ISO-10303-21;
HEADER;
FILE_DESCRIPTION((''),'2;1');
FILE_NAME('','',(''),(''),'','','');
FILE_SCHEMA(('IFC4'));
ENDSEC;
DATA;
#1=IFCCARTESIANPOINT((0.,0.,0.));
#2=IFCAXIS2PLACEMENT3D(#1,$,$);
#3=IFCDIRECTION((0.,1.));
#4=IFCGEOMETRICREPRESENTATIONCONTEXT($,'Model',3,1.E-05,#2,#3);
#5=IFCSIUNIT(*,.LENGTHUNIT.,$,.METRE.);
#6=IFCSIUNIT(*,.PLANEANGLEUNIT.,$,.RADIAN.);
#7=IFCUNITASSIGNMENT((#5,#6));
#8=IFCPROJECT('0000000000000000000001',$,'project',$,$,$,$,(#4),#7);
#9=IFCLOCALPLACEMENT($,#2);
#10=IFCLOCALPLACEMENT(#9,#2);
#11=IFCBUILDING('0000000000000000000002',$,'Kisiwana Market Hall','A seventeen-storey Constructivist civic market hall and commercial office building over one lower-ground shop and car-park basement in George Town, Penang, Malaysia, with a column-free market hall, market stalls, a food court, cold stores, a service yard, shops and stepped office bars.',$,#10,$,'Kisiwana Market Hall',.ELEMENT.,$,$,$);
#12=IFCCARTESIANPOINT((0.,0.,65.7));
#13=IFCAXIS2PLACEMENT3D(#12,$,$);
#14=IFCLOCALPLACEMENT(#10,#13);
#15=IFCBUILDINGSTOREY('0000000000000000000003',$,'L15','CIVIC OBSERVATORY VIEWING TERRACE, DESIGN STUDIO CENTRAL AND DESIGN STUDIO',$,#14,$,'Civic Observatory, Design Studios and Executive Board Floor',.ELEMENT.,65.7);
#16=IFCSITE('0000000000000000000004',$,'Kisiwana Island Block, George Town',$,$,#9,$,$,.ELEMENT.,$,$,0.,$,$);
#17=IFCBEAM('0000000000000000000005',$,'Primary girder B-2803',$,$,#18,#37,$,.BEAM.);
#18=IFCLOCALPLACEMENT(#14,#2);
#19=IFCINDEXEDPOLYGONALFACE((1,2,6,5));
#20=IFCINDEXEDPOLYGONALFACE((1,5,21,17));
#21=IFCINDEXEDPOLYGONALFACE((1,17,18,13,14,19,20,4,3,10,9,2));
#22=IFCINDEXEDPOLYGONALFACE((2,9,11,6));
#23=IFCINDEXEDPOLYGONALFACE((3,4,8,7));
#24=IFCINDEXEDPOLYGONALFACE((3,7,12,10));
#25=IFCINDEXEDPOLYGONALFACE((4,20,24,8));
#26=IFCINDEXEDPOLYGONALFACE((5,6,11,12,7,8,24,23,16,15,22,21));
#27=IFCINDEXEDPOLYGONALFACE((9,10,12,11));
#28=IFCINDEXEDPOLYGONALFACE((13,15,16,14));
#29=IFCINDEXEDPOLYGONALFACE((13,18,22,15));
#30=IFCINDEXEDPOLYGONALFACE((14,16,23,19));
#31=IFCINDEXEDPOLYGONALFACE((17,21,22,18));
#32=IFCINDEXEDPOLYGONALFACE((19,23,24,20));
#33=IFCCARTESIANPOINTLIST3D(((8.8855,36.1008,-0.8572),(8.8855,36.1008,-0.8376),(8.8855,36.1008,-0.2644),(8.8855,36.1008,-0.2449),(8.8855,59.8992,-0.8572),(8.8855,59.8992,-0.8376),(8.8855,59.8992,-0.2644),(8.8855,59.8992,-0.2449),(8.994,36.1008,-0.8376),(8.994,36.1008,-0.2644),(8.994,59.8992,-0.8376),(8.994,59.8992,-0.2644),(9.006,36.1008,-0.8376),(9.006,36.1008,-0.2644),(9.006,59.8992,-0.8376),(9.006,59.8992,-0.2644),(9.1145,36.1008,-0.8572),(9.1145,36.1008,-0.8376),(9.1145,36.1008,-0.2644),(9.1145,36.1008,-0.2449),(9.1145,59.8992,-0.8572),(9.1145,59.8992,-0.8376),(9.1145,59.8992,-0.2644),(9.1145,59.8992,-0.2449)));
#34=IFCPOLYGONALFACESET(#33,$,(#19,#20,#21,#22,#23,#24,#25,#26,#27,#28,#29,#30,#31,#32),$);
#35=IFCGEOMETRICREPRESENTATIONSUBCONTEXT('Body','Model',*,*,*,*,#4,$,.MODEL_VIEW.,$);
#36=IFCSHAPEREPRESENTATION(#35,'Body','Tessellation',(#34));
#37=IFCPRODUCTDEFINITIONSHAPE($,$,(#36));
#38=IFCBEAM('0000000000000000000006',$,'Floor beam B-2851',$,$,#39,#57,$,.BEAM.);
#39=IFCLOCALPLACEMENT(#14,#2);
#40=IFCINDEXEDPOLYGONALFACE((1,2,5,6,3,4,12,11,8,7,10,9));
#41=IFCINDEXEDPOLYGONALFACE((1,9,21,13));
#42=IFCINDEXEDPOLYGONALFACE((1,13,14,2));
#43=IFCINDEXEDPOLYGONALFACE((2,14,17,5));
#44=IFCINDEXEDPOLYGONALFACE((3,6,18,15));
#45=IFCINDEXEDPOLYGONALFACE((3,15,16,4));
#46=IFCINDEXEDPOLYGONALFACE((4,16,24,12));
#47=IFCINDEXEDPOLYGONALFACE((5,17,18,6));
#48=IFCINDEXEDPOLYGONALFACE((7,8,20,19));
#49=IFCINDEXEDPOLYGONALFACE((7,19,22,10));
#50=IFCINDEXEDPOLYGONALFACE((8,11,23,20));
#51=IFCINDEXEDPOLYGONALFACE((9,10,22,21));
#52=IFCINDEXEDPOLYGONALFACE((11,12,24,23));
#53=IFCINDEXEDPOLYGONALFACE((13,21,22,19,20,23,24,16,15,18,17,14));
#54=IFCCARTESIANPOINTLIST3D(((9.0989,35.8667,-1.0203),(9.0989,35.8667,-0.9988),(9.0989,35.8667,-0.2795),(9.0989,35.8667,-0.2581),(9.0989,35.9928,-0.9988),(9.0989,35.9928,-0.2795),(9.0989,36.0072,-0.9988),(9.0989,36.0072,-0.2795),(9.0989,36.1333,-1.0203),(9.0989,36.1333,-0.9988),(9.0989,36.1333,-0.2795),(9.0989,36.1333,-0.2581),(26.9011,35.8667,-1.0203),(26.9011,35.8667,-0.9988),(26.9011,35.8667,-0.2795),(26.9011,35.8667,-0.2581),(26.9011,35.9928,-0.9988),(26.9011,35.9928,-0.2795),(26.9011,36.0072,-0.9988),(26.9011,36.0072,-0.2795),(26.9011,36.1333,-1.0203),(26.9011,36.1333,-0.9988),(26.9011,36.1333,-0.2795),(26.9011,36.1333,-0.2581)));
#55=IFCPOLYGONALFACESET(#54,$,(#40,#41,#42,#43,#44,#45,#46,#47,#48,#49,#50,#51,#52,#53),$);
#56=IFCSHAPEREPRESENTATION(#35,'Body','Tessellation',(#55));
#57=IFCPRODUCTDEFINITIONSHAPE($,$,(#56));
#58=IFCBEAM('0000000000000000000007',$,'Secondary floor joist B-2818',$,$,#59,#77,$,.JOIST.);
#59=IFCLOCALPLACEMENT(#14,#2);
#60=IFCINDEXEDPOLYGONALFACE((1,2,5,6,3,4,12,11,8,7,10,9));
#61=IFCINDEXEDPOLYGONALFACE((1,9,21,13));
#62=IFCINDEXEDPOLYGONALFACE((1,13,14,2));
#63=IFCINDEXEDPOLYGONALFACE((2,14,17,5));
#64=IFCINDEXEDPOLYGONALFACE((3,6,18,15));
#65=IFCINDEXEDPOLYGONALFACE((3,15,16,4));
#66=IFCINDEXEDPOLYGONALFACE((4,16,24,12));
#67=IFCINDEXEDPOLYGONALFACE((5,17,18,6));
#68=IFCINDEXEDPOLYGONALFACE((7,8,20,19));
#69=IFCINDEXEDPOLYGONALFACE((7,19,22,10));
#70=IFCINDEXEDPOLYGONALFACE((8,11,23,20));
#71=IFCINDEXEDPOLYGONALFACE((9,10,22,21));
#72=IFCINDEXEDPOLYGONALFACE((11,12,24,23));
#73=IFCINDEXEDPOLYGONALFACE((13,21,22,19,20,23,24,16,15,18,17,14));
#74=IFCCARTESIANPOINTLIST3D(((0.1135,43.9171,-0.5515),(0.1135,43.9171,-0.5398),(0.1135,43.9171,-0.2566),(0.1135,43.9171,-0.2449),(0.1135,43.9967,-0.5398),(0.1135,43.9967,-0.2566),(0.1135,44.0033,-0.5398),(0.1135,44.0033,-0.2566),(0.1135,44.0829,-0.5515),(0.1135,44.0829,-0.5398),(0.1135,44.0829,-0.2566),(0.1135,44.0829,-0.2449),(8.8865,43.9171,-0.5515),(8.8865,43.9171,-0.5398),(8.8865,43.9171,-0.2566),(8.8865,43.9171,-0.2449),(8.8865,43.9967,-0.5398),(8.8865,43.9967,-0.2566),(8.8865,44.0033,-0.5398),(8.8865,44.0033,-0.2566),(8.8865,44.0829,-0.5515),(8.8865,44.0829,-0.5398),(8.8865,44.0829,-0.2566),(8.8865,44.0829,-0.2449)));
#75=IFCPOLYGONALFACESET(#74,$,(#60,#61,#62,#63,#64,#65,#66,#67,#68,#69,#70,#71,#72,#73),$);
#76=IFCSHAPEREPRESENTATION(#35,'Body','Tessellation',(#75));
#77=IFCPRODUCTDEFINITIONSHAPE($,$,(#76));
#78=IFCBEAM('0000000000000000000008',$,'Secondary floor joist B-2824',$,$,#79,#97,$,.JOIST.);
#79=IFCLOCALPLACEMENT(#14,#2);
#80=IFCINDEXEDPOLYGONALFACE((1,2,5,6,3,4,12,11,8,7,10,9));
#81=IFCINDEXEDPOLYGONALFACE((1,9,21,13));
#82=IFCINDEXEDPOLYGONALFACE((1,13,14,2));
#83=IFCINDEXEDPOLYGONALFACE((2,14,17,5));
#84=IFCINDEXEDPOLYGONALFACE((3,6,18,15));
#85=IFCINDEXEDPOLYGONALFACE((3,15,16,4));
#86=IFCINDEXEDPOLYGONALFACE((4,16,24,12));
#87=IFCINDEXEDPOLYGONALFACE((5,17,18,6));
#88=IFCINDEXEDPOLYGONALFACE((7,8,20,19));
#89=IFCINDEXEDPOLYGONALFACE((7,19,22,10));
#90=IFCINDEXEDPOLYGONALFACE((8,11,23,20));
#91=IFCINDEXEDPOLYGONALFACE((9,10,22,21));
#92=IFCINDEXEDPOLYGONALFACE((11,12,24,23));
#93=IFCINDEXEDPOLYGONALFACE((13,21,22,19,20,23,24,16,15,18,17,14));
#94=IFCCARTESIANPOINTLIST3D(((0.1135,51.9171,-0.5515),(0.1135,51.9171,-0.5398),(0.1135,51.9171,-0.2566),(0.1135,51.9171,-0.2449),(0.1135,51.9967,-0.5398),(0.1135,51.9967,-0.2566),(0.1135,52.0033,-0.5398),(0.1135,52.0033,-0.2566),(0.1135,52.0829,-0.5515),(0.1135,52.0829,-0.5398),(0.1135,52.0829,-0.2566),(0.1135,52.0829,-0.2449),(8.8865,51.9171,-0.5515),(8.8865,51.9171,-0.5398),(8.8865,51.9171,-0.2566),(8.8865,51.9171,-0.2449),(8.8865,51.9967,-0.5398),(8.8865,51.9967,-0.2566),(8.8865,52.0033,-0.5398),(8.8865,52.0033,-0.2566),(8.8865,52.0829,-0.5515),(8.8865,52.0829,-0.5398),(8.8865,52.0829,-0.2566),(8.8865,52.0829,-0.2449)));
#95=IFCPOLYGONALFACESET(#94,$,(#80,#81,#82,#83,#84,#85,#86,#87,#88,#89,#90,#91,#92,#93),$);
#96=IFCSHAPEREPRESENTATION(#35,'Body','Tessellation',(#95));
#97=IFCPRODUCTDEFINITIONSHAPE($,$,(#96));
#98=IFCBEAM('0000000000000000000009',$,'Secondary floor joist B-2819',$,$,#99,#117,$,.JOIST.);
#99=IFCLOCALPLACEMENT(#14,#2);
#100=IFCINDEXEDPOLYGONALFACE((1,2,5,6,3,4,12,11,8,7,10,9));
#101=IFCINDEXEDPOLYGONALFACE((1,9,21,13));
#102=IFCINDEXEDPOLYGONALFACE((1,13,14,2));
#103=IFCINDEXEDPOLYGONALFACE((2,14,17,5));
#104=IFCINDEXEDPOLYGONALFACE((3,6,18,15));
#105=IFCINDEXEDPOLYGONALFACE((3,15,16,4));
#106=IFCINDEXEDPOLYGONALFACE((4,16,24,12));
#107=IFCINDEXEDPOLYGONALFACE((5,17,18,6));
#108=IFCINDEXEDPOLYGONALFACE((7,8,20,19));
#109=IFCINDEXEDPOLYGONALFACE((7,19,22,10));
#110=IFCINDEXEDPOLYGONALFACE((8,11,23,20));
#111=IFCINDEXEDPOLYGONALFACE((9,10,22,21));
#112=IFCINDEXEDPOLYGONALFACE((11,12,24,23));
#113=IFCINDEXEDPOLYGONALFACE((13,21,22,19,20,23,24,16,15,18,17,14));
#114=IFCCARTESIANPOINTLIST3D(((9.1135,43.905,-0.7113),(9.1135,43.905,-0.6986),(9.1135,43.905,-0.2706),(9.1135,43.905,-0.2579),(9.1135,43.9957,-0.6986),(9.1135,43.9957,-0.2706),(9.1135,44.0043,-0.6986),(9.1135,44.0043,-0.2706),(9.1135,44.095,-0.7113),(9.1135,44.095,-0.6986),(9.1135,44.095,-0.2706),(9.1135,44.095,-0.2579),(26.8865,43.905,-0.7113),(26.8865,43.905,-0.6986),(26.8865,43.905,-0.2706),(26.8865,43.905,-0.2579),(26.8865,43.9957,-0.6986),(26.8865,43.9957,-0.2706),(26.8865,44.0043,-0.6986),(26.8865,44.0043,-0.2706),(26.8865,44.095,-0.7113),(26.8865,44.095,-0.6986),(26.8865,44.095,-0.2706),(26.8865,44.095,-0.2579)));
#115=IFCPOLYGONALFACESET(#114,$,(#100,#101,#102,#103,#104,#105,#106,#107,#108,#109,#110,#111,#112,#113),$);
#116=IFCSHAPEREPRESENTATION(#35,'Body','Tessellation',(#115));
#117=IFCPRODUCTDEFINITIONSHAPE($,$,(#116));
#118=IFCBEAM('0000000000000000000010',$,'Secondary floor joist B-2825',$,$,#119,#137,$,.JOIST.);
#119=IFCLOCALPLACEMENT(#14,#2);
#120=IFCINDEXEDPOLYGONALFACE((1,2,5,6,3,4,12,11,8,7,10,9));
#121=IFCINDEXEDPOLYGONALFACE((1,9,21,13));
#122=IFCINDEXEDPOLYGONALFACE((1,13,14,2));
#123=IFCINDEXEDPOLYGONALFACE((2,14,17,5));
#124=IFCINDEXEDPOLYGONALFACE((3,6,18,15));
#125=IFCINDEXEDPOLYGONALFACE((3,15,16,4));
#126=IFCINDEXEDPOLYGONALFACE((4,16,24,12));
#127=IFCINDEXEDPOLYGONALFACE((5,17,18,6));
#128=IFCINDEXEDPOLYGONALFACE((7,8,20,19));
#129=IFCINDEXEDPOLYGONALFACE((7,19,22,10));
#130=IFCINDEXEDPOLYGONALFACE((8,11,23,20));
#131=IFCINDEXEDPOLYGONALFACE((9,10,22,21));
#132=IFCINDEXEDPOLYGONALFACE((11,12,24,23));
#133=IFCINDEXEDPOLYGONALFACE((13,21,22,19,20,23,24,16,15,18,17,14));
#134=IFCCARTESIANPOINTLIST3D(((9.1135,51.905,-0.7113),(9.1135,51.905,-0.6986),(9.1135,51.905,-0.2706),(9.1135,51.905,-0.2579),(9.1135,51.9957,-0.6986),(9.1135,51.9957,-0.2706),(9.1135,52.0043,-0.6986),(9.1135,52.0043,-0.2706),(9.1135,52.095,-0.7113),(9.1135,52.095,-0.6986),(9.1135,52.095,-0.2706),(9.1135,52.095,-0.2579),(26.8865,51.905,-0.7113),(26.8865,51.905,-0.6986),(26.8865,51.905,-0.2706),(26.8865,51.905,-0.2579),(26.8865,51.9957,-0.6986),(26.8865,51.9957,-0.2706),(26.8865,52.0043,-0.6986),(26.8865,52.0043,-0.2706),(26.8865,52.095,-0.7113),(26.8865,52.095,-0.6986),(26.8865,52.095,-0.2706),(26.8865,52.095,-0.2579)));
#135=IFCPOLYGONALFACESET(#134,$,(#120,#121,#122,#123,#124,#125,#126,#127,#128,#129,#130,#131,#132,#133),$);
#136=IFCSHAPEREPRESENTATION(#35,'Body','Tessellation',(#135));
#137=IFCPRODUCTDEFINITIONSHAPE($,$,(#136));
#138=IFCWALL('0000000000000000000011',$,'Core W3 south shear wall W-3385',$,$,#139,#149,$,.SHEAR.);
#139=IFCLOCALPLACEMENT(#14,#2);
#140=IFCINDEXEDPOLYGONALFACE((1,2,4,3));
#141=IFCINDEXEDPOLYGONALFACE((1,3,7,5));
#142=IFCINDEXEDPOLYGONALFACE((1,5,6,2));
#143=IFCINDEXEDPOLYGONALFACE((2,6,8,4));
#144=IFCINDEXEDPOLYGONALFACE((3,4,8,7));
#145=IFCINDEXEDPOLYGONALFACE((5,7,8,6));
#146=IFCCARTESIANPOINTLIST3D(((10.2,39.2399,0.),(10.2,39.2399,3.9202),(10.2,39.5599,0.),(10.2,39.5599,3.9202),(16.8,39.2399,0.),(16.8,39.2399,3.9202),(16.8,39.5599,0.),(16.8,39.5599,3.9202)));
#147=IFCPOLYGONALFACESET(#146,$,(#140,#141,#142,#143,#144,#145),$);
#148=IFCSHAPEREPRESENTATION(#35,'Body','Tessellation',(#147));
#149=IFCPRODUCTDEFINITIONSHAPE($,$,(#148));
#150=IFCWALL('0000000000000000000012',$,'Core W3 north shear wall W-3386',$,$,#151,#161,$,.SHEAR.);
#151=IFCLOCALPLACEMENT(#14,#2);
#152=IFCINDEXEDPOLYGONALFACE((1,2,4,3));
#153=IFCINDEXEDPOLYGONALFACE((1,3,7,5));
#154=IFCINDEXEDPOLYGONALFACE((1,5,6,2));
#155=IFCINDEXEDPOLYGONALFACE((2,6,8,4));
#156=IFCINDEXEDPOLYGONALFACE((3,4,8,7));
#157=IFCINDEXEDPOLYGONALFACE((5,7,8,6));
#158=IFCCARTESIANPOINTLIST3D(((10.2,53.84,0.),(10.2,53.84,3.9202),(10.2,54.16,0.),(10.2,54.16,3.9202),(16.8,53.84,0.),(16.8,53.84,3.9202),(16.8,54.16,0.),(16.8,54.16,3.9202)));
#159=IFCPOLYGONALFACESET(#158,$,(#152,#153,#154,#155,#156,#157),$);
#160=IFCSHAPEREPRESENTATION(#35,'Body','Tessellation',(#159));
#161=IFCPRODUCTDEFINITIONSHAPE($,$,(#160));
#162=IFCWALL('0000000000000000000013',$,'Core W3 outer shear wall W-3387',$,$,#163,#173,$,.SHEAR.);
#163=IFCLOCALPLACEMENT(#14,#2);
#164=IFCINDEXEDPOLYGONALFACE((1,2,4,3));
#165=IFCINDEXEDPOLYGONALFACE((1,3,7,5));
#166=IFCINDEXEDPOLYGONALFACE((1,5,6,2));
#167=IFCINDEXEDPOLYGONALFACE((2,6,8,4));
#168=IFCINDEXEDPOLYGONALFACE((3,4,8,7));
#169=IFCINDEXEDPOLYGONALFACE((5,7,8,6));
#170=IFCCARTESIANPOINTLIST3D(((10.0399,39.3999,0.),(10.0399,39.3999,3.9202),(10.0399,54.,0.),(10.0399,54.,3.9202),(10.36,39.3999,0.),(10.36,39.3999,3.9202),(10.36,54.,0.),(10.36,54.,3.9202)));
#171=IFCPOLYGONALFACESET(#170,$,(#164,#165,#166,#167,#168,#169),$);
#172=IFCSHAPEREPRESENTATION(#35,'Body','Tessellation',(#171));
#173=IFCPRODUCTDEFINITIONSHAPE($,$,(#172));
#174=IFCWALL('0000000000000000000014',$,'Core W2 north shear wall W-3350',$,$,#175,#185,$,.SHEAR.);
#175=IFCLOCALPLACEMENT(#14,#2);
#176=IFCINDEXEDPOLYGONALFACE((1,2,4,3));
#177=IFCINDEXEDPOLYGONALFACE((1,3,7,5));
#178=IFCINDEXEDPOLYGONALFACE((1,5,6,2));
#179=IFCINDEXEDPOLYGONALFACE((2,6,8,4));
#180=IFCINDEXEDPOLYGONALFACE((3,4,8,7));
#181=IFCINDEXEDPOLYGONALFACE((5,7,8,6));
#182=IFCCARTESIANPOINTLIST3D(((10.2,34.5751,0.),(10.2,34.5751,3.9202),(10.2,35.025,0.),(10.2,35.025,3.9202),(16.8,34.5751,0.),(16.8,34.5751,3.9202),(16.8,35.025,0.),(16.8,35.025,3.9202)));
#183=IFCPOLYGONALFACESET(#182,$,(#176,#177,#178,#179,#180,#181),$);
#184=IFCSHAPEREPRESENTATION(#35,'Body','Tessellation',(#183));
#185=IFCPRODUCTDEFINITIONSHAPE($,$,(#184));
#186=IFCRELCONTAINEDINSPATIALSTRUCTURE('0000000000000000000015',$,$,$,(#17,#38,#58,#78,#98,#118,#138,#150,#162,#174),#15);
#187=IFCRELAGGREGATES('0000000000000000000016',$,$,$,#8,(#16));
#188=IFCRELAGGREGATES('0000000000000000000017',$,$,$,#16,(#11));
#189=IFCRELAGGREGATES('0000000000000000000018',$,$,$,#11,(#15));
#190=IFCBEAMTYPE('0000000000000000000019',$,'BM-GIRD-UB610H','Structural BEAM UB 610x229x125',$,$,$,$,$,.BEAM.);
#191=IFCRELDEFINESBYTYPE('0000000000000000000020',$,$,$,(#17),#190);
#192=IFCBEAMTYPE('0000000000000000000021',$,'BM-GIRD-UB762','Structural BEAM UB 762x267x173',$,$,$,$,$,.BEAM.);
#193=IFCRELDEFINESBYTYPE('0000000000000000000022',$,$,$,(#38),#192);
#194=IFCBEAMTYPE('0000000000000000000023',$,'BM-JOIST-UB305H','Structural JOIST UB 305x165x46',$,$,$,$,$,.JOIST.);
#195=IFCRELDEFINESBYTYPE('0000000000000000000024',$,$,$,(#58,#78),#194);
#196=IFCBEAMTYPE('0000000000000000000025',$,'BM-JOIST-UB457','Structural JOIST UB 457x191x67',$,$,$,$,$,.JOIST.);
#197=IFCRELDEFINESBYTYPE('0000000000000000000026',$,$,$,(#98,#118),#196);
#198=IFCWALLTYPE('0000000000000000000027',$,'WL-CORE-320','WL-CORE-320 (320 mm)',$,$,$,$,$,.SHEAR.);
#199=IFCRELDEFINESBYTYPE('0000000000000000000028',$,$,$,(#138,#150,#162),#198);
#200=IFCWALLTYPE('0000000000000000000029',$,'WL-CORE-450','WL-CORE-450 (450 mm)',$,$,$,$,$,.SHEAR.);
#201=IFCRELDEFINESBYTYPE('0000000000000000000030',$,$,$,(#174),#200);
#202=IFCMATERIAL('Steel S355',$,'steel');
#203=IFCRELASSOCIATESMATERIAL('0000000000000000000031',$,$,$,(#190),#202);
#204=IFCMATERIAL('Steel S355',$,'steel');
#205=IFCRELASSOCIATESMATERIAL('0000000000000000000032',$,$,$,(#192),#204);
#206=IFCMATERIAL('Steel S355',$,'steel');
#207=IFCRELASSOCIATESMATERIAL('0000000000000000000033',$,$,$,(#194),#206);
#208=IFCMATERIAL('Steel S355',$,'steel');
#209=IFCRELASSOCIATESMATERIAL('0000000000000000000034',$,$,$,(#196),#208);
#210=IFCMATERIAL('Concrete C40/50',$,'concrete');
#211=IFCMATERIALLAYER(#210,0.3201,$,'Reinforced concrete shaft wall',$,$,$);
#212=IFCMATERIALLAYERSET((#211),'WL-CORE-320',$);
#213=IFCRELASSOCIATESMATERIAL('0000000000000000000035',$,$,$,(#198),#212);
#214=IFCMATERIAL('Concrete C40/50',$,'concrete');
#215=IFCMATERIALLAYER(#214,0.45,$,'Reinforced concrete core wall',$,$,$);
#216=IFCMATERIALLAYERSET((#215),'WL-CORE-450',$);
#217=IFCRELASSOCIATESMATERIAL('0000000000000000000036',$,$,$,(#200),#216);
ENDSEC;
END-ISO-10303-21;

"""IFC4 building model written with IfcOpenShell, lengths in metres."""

from ifc_helpers import new_model, si_unit, direction, frame, frame_2d, origin, origin_2d, place, context, subcontext, project, spatial, rectangle, i_section, extrude, material, layer, layer_set, material_profile, profile_set, type_object, element, save


model = new_model("IFC4")

# Units and contexts
model_context = context("Model", 3, precision=1e-05, world=origin(), true_north=direction((0.0, 1.0)))
body_context = subcontext(model_context, "Body", "Model", "MODEL_VIEW")
ifc_project = project(units=[si_unit("LENGTHUNIT", "METRE"), si_unit("PLANEANGLEUNIT", "RADIAN")], contexts=[model_context])

# Site, building, storey
site_placement = place(None, origin())
site = spatial("IfcSite", under=ifc_project, at=site_placement, Name="Kisiwana Island Block, George Town", CompositionType="ELEMENT", RefElevation=0.0)
building_placement = place(site_placement, origin())
building = spatial("IfcBuilding", under=site, at=building_placement, Name="Kisiwana Market Hall", Description="A seventeen-storey Constructivist civic market hall and commercial office building over one lower-ground shop and car-park basement in George Town, Penang, Malaysia, with a column-free market hall, market stalls, a food court, cold stores, a service yard, shops and stepped office bars.", LongName="Kisiwana Market Hall", CompositionType="ELEMENT")
storey_placement = place(building_placement, frame((0.0, 0.0, 65.7)))
storey = spatial("IfcBuildingStorey", under=building, at=storey_placement, Name="L15", Description="CIVIC OBSERVATORY VIEWING TERRACE, DESIGN STUDIO CENTRAL AND DESIGN STUDIO", LongName="Civic Observatory, Design Studios and Executive Board Floor", CompositionType="ELEMENT", Elevation=65.7)

# Beams
ifc_material_1 = material(Name="Steel S355", Category="steel")
ifc_material_profile_1 = material_profile(ifc_material_1, i_section(OverallWidth=0.229, OverallDepth=0.6123, WebThickness=0.012, FlangeThickness=0.0195, at=origin_2d()), Name="UB 610x229x125")
ifc_profile_set_1 = profile_set([ifc_material_profile_1], Name="Steel S355")
beam_type_1 = type_object("IfcBeamType", Name="BM-GIRD-UB610H", Description="Structural BEAM UB 610x229x125", PredefinedType="BEAM", material=ifc_profile_set_1)
for number, where, z_axis, x_axis, name in (
    (1, (9.0, 36.1008, -0.551), (0.0, 1.0, 0.0), (-1.0, 0.0, 0.0), "Primary girder B-2803"),
):
    element("IfcBeam", number, at=place(storey_placement, frame(where, z_axis=z_axis, x_axis=x_axis)), inside=storey, type_object=beam_type_1, Name=name, PredefinedType="BEAM", context=body_context, shape_type="SweptSolid", body=[
        extrude(i_section(OverallWidth=0.229, OverallDepth=0.6123, WebThickness=0.012, FlangeThickness=0.0195, at=origin_2d()), origin(), (0.0, 0.0, 1.0), 23.7983),
    ])
ifc_material_2 = material(Name="Steel S355", Category="steel")
ifc_material_profile_2 = material_profile(ifc_material_2, i_section(OverallWidth=0.2666, OverallDepth=0.7622, WebThickness=0.0144, FlangeThickness=0.0215, at=origin_2d()), Name="UB 762x267x173")
ifc_profile_set_2 = profile_set([ifc_material_profile_2], Name="Steel S355")
beam_type_2 = type_object("IfcBeamType", Name="BM-GIRD-UB762", Description="Structural BEAM UB 762x267x173", PredefinedType="BEAM", material=ifc_profile_set_2)
beam_1_placement = place(storey_placement, frame((9.0989, 36.0, -0.6392), z_axis=(1.0, 0.0, 0.0), x_axis=(0.0, 1.0, 0.0)))
element("IfcBeam", 2, at=beam_1_placement, inside=storey, type_object=beam_type_2, Name="Floor beam B-2851", PredefinedType="BEAM", context=body_context, shape_type="SweptSolid", body=[
    extrude(i_section(OverallWidth=0.2666, OverallDepth=0.7622, WebThickness=0.0144, FlangeThickness=0.0215, at=origin_2d()), origin(), (0.0, 0.0, 1.0), 17.8022),
])
ifc_material_3 = material(Name="Steel S355", Category="steel")
ifc_material_profile_3 = material_profile(ifc_material_3, i_section(OverallWidth=0.1658, OverallDepth=0.3066, WebThickness=0.0066, FlangeThickness=0.0117, at=origin_2d()), Name="UB 305x165x46")
ifc_profile_set_3 = profile_set([ifc_material_profile_3], Name="Steel S355")
beam_type_3 = type_object("IfcBeamType", Name="BM-JOIST-UB305H", Description="Structural JOIST UB 305x165x46", PredefinedType="JOIST", material=ifc_profile_set_3)
for number, where, z_axis, x_axis, name in (
    (3, (0.1135, 44.0, -0.3982), (1.0, 0.0, 0.0), (0.0, 1.0, 0.0), "Secondary floor joist B-2818"),
    (4, (0.1135, 52.0, -0.3982), (1.0, 0.0, 0.0), (0.0, 1.0, 0.0), "Secondary floor joist B-2824"),
):
    element("IfcBeam", number, at=place(storey_placement, frame(where, z_axis=z_axis, x_axis=x_axis)), inside=storey, type_object=beam_type_3, Name=name, PredefinedType="JOIST", context=body_context, shape_type="SweptSolid", body=[
        extrude(i_section(OverallWidth=0.1658, OverallDepth=0.3066, WebThickness=0.0066, FlangeThickness=0.0117, at=origin_2d()), origin(), (0.0, 0.0, 1.0), 8.7729),
    ])
ifc_material_4 = material(Name="Steel S355", Category="steel")
ifc_material_profile_4 = material_profile(ifc_material_4, i_section(OverallWidth=0.1899, OverallDepth=0.4534, WebThickness=0.0085, FlangeThickness=0.0127, at=origin_2d()), Name="UB 457x191x67")
ifc_profile_set_4 = profile_set([ifc_material_profile_4], Name="Steel S355")
beam_type_4 = type_object("IfcBeamType", Name="BM-JOIST-UB457", Description="Structural JOIST UB 457x191x67", PredefinedType="JOIST", material=ifc_profile_set_4)
for number, where, z_axis, x_axis, name in (
    (5, (9.1135, 44.0, -0.4846), (1.0, 0.0, 0.0), (0.0, 1.0, 0.0), "Secondary floor joist B-2819"),
    (6, (9.1135, 52.0, -0.4846), (1.0, 0.0, 0.0), (0.0, 1.0, 0.0), "Secondary floor joist B-2825"),
):
    element("IfcBeam", number, at=place(storey_placement, frame(where, z_axis=z_axis, x_axis=x_axis)), inside=storey, type_object=beam_type_4, Name=name, PredefinedType="JOIST", context=body_context, shape_type="SweptSolid", body=[
        extrude(i_section(OverallWidth=0.1899, OverallDepth=0.4534, WebThickness=0.0085, FlangeThickness=0.0127, at=origin_2d()), origin(), (0.0, 0.0, 1.0), 17.7729),
    ])

# Walls
ifc_material_5 = material(Name="Concrete C40/50", Category="concrete")
ifc_layer_1 = layer(ifc_material_5, 0.3201, Name="Reinforced concrete shaft wall")
ifc_layer_set_1 = layer_set([ifc_layer_1], Name="WL-CORE-320")
wall_type_1 = type_object("IfcWallType", Name="WL-CORE-320", Description="WL-CORE-320 (320 mm)", PredefinedType="SHEAR", material=ifc_layer_set_1)
for number, where, z_axis, x_axis, name in (
    (7, (10.2, 39.3999, 0.0), (0.0, 0.0, 1.0), (1.0, 0.0, 0.0), "Core W3 south shear wall W-3385"),
    (8, (10.2, 54.0, 0.0), (0.0, 0.0, 1.0), (1.0, 0.0, 0.0), "Core W3 north shear wall W-3386"),
):
    element("IfcWall", number, at=place(storey_placement, frame(where, z_axis=z_axis, x_axis=x_axis)), inside=storey, type_object=wall_type_1, Name=name, PredefinedType="SHEAR", context=body_context, shape_type="SweptSolid", body=[
        extrude(rectangle(XDim=6.6001, YDim=0.3201, at=frame_2d((3.3, 0.0))), origin(), (0.0, 0.0, 1.0), 3.9202),
    ])
wall_1_placement = place(storey_placement, frame((10.2, 39.3999, 0.0), z_axis=(0.0, 0.0, 1.0), x_axis=(0.0, 1.0, 0.0)))
element("IfcWall", 9, at=wall_1_placement, inside=storey, type_object=wall_type_1, Name="Core W3 outer shear wall W-3387", PredefinedType="SHEAR", context=body_context, shape_type="SweptSolid", body=[
    extrude(rectangle(XDim=14.6001, YDim=0.3201, at=frame_2d((7.3, 0.0))), origin(), (0.0, 0.0, 1.0), 3.9202),
])
ifc_material_6 = material(Name="Concrete C40/50", Category="concrete")
ifc_layer_2 = layer(ifc_material_6, 0.45, Name="Reinforced concrete core wall")
ifc_layer_set_2 = layer_set([ifc_layer_2], Name="WL-CORE-450")
wall_type_2 = type_object("IfcWallType", Name="WL-CORE-450", Description="WL-CORE-450 (450 mm)", PredefinedType="SHEAR", material=ifc_layer_set_2)
wall_2_placement = place(storey_placement, frame((10.2, 34.8, 0.0), z_axis=(0.0, 0.0, 1.0), x_axis=(1.0, 0.0, 0.0)))
element("IfcWall", 10, at=wall_2_placement, inside=storey, type_object=wall_type_2, Name="Core W2 north shear wall W-3350", PredefinedType="SHEAR", context=body_context, shape_type="SweptSolid", body=[
    extrude(rectangle(XDim=6.6001, YDim=0.45, at=frame_2d((3.3, 0.0))), origin(), (0.0, 0.0, 1.0), 3.9202),
])

save(model, "model.ifc")
